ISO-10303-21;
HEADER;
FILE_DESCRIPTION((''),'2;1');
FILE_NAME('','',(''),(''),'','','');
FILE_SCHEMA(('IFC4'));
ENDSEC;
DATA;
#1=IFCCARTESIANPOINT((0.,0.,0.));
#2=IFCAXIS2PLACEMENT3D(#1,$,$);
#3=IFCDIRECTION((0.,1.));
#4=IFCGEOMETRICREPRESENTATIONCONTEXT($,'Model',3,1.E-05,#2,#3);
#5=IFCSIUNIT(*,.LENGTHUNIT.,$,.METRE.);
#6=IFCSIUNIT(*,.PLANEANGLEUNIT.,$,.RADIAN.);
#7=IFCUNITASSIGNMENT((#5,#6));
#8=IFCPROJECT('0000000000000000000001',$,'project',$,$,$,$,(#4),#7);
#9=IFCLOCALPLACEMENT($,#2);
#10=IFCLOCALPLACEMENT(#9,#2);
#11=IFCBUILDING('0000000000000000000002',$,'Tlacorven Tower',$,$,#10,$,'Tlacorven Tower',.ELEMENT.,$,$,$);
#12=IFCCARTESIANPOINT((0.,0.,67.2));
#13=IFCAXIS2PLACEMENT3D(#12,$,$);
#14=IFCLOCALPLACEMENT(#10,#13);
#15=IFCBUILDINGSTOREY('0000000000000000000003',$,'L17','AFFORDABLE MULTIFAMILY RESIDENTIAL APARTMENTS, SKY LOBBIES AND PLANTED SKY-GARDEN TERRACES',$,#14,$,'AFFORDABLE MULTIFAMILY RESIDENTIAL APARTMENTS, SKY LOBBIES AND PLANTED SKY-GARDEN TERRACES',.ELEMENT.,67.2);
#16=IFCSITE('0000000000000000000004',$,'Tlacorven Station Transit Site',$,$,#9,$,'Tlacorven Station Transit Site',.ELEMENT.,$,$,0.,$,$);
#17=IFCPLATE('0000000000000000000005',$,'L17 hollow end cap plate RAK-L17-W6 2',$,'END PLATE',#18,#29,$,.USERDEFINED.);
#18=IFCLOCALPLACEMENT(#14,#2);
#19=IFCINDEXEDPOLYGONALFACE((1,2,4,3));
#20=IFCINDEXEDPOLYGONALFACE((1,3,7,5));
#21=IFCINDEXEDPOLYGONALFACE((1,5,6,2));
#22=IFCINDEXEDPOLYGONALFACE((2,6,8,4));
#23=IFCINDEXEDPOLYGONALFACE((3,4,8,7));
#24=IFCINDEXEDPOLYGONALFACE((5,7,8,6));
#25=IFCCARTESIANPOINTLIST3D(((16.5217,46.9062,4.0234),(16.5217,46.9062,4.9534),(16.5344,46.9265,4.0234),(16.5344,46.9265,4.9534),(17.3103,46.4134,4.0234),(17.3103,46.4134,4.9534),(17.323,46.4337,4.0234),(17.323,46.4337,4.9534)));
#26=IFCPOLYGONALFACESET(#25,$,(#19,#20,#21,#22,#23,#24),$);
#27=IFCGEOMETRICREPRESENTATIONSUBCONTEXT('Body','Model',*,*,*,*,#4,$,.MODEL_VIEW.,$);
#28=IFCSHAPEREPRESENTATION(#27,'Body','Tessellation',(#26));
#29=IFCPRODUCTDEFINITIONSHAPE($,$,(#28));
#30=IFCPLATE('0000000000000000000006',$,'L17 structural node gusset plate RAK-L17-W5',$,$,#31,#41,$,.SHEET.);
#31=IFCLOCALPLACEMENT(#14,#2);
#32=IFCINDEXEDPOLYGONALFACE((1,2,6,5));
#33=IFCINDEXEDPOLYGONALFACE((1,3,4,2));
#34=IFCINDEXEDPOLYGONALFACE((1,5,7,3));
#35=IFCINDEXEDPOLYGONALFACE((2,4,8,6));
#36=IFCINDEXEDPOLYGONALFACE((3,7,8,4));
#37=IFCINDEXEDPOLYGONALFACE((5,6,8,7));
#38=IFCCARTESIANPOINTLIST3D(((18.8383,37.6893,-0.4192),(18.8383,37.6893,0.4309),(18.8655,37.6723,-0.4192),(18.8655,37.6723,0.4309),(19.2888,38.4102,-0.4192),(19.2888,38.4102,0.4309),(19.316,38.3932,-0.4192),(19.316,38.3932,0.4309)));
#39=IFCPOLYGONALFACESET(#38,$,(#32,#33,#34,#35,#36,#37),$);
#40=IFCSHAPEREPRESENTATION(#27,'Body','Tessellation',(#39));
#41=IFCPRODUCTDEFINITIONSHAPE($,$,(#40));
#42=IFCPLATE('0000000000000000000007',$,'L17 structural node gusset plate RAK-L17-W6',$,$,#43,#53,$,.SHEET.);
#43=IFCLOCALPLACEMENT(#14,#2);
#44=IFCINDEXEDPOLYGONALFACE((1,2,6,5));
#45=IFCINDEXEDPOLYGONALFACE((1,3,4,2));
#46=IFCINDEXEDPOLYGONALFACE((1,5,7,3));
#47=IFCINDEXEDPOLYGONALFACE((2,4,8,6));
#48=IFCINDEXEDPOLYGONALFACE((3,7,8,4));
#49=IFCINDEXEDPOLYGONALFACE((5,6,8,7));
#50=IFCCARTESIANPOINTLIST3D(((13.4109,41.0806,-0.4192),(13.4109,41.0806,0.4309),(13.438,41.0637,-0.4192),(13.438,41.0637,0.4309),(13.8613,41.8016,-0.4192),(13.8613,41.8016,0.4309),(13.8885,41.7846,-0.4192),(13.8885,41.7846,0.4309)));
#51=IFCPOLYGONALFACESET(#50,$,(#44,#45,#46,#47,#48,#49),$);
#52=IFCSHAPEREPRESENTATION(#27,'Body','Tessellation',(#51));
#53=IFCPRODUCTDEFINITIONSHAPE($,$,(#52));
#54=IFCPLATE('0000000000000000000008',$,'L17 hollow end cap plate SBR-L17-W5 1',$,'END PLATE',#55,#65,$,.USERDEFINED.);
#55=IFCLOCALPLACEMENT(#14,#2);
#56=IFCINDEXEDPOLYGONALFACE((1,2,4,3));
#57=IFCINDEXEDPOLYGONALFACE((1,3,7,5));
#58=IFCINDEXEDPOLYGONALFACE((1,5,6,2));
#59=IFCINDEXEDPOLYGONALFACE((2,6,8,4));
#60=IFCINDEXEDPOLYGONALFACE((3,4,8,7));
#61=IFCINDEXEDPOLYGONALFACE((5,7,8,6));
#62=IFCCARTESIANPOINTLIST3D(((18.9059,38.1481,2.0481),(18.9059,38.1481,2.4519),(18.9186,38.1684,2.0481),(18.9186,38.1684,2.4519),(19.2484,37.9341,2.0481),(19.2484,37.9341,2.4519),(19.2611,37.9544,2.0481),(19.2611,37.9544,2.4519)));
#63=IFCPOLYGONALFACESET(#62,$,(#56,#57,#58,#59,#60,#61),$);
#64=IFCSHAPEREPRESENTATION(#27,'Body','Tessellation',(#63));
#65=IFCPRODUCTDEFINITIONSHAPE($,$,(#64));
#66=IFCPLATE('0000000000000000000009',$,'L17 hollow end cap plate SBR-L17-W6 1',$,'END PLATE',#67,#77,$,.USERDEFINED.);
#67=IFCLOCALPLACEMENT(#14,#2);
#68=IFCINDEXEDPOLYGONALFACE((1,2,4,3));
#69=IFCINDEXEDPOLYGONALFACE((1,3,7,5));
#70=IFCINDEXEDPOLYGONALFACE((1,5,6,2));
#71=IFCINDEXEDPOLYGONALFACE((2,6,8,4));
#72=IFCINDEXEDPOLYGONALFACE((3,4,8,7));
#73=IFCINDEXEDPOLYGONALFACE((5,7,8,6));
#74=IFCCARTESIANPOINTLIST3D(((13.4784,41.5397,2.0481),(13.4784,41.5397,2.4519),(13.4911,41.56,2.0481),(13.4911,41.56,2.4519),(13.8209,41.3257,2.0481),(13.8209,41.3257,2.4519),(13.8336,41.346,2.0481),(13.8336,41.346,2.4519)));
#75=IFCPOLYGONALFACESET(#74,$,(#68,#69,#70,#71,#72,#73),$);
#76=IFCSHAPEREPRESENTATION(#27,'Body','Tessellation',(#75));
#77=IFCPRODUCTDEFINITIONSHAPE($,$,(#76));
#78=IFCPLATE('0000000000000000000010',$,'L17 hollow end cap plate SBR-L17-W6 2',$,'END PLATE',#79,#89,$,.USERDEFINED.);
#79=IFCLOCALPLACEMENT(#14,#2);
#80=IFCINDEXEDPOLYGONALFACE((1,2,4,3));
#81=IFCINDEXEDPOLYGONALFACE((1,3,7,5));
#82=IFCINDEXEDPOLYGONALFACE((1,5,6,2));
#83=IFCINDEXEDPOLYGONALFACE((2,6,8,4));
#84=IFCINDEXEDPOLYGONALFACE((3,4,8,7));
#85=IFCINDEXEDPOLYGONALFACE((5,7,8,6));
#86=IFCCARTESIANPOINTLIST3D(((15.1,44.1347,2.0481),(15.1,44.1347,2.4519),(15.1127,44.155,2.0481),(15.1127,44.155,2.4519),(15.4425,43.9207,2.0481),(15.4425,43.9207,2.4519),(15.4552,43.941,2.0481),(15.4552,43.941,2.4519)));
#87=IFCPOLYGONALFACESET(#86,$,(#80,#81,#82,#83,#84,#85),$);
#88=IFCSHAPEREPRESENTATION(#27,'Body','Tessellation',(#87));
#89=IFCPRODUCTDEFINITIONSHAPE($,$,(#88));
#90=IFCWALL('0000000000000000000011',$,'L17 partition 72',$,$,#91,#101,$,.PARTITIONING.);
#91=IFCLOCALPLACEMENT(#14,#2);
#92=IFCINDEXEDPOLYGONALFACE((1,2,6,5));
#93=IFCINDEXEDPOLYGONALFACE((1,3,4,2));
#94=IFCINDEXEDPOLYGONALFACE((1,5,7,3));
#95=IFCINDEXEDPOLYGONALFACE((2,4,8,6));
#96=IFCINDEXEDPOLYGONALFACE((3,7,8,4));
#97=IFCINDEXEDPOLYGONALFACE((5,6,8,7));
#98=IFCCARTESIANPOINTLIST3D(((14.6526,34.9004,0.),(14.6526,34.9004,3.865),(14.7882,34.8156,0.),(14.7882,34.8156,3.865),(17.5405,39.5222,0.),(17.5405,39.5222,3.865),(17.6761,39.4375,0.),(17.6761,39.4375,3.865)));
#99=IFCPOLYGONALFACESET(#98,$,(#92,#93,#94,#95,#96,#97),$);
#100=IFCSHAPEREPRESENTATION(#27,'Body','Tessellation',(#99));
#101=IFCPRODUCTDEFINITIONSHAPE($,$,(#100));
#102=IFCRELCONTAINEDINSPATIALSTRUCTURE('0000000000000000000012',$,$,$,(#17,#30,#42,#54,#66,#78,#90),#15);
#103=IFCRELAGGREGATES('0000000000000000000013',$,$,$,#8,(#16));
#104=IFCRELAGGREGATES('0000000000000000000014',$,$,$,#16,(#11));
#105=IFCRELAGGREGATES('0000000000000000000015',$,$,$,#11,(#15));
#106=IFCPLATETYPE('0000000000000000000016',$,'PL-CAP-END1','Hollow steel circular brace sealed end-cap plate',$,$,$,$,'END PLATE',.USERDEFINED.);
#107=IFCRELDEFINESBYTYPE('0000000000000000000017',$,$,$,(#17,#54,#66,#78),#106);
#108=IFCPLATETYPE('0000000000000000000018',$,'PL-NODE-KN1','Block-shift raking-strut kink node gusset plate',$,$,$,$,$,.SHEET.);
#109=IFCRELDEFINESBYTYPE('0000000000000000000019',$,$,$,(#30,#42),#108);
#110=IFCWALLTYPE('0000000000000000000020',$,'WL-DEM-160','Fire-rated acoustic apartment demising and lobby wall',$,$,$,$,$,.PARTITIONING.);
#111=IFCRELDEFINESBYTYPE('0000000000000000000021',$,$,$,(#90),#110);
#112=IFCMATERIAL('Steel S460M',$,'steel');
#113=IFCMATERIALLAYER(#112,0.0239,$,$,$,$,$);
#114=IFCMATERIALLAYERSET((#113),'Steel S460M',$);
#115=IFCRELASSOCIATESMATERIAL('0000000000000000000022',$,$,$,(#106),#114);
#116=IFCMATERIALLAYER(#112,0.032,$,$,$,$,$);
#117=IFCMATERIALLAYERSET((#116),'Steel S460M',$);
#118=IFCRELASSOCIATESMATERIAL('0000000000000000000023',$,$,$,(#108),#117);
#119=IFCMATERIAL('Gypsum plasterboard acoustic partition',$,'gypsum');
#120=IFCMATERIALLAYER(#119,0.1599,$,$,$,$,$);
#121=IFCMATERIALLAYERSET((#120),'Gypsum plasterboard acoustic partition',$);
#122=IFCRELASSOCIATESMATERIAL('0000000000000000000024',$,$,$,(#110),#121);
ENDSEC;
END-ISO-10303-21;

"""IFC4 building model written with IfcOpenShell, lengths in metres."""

from ifc_helpers import new_model, si_unit, direction, frame, frame_2d, origin, origin_2d, place, context, subcontext, project, spatial, rectangle, extrude, source, transform, mapped, material, layer, layer_set, type_object, element, save


model = new_model("IFC4")

# Units and contexts
model_context = context("Model", 3, precision=1e-05, world=origin(), true_north=direction((0.0, 1.0)))
body_context = subcontext(model_context, "Body", "Model", "MODEL_VIEW")
ifc_project = project(units=[si_unit("LENGTHUNIT", "METRE"), si_unit("PLANEANGLEUNIT", "RADIAN")], contexts=[model_context])

# Site, building, storey
site_placement = place(None, origin())
site = spatial("IfcSite", under=ifc_project, at=site_placement, Name="Tlacorven Station Transit Site", LongName="Tlacorven Station Transit Site", CompositionType="ELEMENT", RefElevation=0.0)
building_placement = place(site_placement, origin())
building = spatial("IfcBuilding", under=site, at=building_placement, Name="Tlacorven Tower", LongName="Tlacorven Tower", CompositionType="ELEMENT")
storey_placement = place(building_placement, frame((0.0, 0.0, 67.2)))
storey = spatial("IfcBuildingStorey", under=building, at=storey_placement, Name="L17", Description="AFFORDABLE MULTIFAMILY RESIDENTIAL APARTMENTS, SKY LOBBIES AND PLANTED SKY-GARDEN TERRACES", LongName="AFFORDABLE MULTIFAMILY RESIDENTIAL APARTMENTS, SKY LOBBIES AND PLANTED SKY-GARDEN TERRACES", CompositionType="ELEMENT", Elevation=67.2)

# Shared definitions
ifc_material_1 = material(Name="Steel S460M", Category="steel")

# Plates
ifc_layer_1 = layer(ifc_material_1, 0.0239)
ifc_layer_set_1 = layer_set([ifc_layer_1], Name="Steel S460M")
plate_type_1 = type_object("IfcPlateType", Name="PL-CAP-END1", Description="Hollow steel circular brace sealed end-cap plate", ElementType="END PLATE", PredefinedType="USERDEFINED", material=ifc_layer_set_1)
shared_shape_1 = source(origin(), body_context, "Body", "SweptSolid", [
    extrude(rectangle(XDim=0.0239, YDim=0.9299, at=origin_2d()), origin(), (0.0, 0.0, 1.0), 0.9299),
])
for number, where, z_axis, x_axis, name in (
    (1, (16.9224, 46.6699, 4.0234), (0.0, 0.0, 1.0), (0.529919, 0.848048, 0.0), "L17 hollow end cap plate RAK-L17-W6 2"),
):
    element("IfcPlate", number, at=place(storey_placement, frame(where, z_axis=z_axis, x_axis=x_axis)), inside=storey, type_object=plate_type_1, Name=name, ObjectType="END PLATE", PredefinedType="USERDEFINED", context=body_context, shape_type="MappedRepresentation", body=[
        mapped(shared_shape_1, transform((0.0, 0.0, 0.0), scale=1.0)),
    ])
ifc_layer_2 = layer(ifc_material_1, 0.032)
ifc_layer_set_2 = layer_set([ifc_layer_2], Name="Steel S460M")
plate_type_2 = type_object("IfcPlateType", Name="PL-NODE-KN1", Description="Block-shift raking-strut kink node gusset plate", PredefinedType="SHEET", material=ifc_layer_set_2)
shared_shape_2 = source(origin(), body_context, "Body", "SweptSolid", [
    extrude(rectangle(XDim=0.8501, YDim=0.032, at=origin_2d()), origin(), (0.0, 0.0, 1.0), 0.8501),
])
for number, where, z_axis, x_axis, name in (
    (2, (19.0771, 38.0413, -0.4192), (0.0, 0.0, 1.0), (0.529919, 0.848048, 0.0), "L17 structural node gusset plate RAK-L17-W5"),
    (3, (13.6497, 41.4326, -0.4192), (0.0, 0.0, 1.0), (0.529919, 0.848048, 0.0), "L17 structural node gusset plate RAK-L17-W6"),
):
    element("IfcPlate", number, at=place(storey_placement, frame(where, z_axis=z_axis, x_axis=x_axis)), inside=storey, type_object=plate_type_2, Name=name, PredefinedType="SHEET", context=body_context, shape_type="MappedRepresentation", body=[
        mapped(shared_shape_2, transform((0.0, 0.0, 0.0), scale=1.0)),
    ])
shared_shape_3 = source(origin(), body_context, "Body", "SweptSolid", [
    extrude(rectangle(XDim=0.0239, YDim=0.4038, at=origin_2d()), origin(), (0.0, 0.0, 1.0), 0.4038),
])
for number, where, z_axis, x_axis, name in (
    (4, (19.0835, 38.0513, 2.0481), (0.0, 0.0, 1.0), (0.529921, 0.848047, 0.0), "L17 hollow end cap plate SBR-L17-W5 1"),
    (5, (13.656, 41.4429, 2.0481), (0.0, 0.0, 1.0), (0.529919, 0.848048, 0.0), "L17 hollow end cap plate SBR-L17-W6 1"),
    (6, (15.2776, 44.0378, 2.0481), (0.0, 0.0, 1.0), (0.529919, 0.848048, 0.0), "L17 hollow end cap plate SBR-L17-W6 2"),
):
    element("IfcPlate", number, at=place(storey_placement, frame(where, z_axis=z_axis, x_axis=x_axis)), inside=storey, type_object=plate_type_1, Name=name, ObjectType="END PLATE", PredefinedType="USERDEFINED", context=body_context, shape_type="MappedRepresentation", body=[
        mapped(shared_shape_3, transform((0.0, 0.0, 0.0), scale=1.0)),
    ])

# Wall
ifc_material_2 = material(Name="Gypsum plasterboard acoustic partition", Category="gypsum")
ifc_layer_3 = layer(ifc_material_2, 0.1599)
ifc_layer_set_3 = layer_set([ifc_layer_3], Name="Gypsum plasterboard acoustic partition")
wall_type_1 = type_object("IfcWallType", Name="WL-DEM-160", Description="Fire-rated acoustic apartment demising and lobby wall", PredefinedType="PARTITIONING", material=ifc_layer_set_3)
wall_1_placement = place(storey_placement, frame((17.6084, 39.48, 0.0), z_axis=(0.0, 0.0, 1.0), x_axis=(-0.529906, -0.848056, 0.0)))
element("IfcWall", 7, at=wall_1_placement, inside=storey, type_object=wall_type_1, Name="L17 partition 72", PredefinedType="PARTITIONING", context=body_context, shape_type="SweptSolid", body=[
    extrude(rectangle(XDim=5.45, YDim=0.1599, at=frame_2d((2.7251, 0.0))), origin(), (0.0, 0.0, 1.0), 3.865),
])

save(model, "model.ifc")
